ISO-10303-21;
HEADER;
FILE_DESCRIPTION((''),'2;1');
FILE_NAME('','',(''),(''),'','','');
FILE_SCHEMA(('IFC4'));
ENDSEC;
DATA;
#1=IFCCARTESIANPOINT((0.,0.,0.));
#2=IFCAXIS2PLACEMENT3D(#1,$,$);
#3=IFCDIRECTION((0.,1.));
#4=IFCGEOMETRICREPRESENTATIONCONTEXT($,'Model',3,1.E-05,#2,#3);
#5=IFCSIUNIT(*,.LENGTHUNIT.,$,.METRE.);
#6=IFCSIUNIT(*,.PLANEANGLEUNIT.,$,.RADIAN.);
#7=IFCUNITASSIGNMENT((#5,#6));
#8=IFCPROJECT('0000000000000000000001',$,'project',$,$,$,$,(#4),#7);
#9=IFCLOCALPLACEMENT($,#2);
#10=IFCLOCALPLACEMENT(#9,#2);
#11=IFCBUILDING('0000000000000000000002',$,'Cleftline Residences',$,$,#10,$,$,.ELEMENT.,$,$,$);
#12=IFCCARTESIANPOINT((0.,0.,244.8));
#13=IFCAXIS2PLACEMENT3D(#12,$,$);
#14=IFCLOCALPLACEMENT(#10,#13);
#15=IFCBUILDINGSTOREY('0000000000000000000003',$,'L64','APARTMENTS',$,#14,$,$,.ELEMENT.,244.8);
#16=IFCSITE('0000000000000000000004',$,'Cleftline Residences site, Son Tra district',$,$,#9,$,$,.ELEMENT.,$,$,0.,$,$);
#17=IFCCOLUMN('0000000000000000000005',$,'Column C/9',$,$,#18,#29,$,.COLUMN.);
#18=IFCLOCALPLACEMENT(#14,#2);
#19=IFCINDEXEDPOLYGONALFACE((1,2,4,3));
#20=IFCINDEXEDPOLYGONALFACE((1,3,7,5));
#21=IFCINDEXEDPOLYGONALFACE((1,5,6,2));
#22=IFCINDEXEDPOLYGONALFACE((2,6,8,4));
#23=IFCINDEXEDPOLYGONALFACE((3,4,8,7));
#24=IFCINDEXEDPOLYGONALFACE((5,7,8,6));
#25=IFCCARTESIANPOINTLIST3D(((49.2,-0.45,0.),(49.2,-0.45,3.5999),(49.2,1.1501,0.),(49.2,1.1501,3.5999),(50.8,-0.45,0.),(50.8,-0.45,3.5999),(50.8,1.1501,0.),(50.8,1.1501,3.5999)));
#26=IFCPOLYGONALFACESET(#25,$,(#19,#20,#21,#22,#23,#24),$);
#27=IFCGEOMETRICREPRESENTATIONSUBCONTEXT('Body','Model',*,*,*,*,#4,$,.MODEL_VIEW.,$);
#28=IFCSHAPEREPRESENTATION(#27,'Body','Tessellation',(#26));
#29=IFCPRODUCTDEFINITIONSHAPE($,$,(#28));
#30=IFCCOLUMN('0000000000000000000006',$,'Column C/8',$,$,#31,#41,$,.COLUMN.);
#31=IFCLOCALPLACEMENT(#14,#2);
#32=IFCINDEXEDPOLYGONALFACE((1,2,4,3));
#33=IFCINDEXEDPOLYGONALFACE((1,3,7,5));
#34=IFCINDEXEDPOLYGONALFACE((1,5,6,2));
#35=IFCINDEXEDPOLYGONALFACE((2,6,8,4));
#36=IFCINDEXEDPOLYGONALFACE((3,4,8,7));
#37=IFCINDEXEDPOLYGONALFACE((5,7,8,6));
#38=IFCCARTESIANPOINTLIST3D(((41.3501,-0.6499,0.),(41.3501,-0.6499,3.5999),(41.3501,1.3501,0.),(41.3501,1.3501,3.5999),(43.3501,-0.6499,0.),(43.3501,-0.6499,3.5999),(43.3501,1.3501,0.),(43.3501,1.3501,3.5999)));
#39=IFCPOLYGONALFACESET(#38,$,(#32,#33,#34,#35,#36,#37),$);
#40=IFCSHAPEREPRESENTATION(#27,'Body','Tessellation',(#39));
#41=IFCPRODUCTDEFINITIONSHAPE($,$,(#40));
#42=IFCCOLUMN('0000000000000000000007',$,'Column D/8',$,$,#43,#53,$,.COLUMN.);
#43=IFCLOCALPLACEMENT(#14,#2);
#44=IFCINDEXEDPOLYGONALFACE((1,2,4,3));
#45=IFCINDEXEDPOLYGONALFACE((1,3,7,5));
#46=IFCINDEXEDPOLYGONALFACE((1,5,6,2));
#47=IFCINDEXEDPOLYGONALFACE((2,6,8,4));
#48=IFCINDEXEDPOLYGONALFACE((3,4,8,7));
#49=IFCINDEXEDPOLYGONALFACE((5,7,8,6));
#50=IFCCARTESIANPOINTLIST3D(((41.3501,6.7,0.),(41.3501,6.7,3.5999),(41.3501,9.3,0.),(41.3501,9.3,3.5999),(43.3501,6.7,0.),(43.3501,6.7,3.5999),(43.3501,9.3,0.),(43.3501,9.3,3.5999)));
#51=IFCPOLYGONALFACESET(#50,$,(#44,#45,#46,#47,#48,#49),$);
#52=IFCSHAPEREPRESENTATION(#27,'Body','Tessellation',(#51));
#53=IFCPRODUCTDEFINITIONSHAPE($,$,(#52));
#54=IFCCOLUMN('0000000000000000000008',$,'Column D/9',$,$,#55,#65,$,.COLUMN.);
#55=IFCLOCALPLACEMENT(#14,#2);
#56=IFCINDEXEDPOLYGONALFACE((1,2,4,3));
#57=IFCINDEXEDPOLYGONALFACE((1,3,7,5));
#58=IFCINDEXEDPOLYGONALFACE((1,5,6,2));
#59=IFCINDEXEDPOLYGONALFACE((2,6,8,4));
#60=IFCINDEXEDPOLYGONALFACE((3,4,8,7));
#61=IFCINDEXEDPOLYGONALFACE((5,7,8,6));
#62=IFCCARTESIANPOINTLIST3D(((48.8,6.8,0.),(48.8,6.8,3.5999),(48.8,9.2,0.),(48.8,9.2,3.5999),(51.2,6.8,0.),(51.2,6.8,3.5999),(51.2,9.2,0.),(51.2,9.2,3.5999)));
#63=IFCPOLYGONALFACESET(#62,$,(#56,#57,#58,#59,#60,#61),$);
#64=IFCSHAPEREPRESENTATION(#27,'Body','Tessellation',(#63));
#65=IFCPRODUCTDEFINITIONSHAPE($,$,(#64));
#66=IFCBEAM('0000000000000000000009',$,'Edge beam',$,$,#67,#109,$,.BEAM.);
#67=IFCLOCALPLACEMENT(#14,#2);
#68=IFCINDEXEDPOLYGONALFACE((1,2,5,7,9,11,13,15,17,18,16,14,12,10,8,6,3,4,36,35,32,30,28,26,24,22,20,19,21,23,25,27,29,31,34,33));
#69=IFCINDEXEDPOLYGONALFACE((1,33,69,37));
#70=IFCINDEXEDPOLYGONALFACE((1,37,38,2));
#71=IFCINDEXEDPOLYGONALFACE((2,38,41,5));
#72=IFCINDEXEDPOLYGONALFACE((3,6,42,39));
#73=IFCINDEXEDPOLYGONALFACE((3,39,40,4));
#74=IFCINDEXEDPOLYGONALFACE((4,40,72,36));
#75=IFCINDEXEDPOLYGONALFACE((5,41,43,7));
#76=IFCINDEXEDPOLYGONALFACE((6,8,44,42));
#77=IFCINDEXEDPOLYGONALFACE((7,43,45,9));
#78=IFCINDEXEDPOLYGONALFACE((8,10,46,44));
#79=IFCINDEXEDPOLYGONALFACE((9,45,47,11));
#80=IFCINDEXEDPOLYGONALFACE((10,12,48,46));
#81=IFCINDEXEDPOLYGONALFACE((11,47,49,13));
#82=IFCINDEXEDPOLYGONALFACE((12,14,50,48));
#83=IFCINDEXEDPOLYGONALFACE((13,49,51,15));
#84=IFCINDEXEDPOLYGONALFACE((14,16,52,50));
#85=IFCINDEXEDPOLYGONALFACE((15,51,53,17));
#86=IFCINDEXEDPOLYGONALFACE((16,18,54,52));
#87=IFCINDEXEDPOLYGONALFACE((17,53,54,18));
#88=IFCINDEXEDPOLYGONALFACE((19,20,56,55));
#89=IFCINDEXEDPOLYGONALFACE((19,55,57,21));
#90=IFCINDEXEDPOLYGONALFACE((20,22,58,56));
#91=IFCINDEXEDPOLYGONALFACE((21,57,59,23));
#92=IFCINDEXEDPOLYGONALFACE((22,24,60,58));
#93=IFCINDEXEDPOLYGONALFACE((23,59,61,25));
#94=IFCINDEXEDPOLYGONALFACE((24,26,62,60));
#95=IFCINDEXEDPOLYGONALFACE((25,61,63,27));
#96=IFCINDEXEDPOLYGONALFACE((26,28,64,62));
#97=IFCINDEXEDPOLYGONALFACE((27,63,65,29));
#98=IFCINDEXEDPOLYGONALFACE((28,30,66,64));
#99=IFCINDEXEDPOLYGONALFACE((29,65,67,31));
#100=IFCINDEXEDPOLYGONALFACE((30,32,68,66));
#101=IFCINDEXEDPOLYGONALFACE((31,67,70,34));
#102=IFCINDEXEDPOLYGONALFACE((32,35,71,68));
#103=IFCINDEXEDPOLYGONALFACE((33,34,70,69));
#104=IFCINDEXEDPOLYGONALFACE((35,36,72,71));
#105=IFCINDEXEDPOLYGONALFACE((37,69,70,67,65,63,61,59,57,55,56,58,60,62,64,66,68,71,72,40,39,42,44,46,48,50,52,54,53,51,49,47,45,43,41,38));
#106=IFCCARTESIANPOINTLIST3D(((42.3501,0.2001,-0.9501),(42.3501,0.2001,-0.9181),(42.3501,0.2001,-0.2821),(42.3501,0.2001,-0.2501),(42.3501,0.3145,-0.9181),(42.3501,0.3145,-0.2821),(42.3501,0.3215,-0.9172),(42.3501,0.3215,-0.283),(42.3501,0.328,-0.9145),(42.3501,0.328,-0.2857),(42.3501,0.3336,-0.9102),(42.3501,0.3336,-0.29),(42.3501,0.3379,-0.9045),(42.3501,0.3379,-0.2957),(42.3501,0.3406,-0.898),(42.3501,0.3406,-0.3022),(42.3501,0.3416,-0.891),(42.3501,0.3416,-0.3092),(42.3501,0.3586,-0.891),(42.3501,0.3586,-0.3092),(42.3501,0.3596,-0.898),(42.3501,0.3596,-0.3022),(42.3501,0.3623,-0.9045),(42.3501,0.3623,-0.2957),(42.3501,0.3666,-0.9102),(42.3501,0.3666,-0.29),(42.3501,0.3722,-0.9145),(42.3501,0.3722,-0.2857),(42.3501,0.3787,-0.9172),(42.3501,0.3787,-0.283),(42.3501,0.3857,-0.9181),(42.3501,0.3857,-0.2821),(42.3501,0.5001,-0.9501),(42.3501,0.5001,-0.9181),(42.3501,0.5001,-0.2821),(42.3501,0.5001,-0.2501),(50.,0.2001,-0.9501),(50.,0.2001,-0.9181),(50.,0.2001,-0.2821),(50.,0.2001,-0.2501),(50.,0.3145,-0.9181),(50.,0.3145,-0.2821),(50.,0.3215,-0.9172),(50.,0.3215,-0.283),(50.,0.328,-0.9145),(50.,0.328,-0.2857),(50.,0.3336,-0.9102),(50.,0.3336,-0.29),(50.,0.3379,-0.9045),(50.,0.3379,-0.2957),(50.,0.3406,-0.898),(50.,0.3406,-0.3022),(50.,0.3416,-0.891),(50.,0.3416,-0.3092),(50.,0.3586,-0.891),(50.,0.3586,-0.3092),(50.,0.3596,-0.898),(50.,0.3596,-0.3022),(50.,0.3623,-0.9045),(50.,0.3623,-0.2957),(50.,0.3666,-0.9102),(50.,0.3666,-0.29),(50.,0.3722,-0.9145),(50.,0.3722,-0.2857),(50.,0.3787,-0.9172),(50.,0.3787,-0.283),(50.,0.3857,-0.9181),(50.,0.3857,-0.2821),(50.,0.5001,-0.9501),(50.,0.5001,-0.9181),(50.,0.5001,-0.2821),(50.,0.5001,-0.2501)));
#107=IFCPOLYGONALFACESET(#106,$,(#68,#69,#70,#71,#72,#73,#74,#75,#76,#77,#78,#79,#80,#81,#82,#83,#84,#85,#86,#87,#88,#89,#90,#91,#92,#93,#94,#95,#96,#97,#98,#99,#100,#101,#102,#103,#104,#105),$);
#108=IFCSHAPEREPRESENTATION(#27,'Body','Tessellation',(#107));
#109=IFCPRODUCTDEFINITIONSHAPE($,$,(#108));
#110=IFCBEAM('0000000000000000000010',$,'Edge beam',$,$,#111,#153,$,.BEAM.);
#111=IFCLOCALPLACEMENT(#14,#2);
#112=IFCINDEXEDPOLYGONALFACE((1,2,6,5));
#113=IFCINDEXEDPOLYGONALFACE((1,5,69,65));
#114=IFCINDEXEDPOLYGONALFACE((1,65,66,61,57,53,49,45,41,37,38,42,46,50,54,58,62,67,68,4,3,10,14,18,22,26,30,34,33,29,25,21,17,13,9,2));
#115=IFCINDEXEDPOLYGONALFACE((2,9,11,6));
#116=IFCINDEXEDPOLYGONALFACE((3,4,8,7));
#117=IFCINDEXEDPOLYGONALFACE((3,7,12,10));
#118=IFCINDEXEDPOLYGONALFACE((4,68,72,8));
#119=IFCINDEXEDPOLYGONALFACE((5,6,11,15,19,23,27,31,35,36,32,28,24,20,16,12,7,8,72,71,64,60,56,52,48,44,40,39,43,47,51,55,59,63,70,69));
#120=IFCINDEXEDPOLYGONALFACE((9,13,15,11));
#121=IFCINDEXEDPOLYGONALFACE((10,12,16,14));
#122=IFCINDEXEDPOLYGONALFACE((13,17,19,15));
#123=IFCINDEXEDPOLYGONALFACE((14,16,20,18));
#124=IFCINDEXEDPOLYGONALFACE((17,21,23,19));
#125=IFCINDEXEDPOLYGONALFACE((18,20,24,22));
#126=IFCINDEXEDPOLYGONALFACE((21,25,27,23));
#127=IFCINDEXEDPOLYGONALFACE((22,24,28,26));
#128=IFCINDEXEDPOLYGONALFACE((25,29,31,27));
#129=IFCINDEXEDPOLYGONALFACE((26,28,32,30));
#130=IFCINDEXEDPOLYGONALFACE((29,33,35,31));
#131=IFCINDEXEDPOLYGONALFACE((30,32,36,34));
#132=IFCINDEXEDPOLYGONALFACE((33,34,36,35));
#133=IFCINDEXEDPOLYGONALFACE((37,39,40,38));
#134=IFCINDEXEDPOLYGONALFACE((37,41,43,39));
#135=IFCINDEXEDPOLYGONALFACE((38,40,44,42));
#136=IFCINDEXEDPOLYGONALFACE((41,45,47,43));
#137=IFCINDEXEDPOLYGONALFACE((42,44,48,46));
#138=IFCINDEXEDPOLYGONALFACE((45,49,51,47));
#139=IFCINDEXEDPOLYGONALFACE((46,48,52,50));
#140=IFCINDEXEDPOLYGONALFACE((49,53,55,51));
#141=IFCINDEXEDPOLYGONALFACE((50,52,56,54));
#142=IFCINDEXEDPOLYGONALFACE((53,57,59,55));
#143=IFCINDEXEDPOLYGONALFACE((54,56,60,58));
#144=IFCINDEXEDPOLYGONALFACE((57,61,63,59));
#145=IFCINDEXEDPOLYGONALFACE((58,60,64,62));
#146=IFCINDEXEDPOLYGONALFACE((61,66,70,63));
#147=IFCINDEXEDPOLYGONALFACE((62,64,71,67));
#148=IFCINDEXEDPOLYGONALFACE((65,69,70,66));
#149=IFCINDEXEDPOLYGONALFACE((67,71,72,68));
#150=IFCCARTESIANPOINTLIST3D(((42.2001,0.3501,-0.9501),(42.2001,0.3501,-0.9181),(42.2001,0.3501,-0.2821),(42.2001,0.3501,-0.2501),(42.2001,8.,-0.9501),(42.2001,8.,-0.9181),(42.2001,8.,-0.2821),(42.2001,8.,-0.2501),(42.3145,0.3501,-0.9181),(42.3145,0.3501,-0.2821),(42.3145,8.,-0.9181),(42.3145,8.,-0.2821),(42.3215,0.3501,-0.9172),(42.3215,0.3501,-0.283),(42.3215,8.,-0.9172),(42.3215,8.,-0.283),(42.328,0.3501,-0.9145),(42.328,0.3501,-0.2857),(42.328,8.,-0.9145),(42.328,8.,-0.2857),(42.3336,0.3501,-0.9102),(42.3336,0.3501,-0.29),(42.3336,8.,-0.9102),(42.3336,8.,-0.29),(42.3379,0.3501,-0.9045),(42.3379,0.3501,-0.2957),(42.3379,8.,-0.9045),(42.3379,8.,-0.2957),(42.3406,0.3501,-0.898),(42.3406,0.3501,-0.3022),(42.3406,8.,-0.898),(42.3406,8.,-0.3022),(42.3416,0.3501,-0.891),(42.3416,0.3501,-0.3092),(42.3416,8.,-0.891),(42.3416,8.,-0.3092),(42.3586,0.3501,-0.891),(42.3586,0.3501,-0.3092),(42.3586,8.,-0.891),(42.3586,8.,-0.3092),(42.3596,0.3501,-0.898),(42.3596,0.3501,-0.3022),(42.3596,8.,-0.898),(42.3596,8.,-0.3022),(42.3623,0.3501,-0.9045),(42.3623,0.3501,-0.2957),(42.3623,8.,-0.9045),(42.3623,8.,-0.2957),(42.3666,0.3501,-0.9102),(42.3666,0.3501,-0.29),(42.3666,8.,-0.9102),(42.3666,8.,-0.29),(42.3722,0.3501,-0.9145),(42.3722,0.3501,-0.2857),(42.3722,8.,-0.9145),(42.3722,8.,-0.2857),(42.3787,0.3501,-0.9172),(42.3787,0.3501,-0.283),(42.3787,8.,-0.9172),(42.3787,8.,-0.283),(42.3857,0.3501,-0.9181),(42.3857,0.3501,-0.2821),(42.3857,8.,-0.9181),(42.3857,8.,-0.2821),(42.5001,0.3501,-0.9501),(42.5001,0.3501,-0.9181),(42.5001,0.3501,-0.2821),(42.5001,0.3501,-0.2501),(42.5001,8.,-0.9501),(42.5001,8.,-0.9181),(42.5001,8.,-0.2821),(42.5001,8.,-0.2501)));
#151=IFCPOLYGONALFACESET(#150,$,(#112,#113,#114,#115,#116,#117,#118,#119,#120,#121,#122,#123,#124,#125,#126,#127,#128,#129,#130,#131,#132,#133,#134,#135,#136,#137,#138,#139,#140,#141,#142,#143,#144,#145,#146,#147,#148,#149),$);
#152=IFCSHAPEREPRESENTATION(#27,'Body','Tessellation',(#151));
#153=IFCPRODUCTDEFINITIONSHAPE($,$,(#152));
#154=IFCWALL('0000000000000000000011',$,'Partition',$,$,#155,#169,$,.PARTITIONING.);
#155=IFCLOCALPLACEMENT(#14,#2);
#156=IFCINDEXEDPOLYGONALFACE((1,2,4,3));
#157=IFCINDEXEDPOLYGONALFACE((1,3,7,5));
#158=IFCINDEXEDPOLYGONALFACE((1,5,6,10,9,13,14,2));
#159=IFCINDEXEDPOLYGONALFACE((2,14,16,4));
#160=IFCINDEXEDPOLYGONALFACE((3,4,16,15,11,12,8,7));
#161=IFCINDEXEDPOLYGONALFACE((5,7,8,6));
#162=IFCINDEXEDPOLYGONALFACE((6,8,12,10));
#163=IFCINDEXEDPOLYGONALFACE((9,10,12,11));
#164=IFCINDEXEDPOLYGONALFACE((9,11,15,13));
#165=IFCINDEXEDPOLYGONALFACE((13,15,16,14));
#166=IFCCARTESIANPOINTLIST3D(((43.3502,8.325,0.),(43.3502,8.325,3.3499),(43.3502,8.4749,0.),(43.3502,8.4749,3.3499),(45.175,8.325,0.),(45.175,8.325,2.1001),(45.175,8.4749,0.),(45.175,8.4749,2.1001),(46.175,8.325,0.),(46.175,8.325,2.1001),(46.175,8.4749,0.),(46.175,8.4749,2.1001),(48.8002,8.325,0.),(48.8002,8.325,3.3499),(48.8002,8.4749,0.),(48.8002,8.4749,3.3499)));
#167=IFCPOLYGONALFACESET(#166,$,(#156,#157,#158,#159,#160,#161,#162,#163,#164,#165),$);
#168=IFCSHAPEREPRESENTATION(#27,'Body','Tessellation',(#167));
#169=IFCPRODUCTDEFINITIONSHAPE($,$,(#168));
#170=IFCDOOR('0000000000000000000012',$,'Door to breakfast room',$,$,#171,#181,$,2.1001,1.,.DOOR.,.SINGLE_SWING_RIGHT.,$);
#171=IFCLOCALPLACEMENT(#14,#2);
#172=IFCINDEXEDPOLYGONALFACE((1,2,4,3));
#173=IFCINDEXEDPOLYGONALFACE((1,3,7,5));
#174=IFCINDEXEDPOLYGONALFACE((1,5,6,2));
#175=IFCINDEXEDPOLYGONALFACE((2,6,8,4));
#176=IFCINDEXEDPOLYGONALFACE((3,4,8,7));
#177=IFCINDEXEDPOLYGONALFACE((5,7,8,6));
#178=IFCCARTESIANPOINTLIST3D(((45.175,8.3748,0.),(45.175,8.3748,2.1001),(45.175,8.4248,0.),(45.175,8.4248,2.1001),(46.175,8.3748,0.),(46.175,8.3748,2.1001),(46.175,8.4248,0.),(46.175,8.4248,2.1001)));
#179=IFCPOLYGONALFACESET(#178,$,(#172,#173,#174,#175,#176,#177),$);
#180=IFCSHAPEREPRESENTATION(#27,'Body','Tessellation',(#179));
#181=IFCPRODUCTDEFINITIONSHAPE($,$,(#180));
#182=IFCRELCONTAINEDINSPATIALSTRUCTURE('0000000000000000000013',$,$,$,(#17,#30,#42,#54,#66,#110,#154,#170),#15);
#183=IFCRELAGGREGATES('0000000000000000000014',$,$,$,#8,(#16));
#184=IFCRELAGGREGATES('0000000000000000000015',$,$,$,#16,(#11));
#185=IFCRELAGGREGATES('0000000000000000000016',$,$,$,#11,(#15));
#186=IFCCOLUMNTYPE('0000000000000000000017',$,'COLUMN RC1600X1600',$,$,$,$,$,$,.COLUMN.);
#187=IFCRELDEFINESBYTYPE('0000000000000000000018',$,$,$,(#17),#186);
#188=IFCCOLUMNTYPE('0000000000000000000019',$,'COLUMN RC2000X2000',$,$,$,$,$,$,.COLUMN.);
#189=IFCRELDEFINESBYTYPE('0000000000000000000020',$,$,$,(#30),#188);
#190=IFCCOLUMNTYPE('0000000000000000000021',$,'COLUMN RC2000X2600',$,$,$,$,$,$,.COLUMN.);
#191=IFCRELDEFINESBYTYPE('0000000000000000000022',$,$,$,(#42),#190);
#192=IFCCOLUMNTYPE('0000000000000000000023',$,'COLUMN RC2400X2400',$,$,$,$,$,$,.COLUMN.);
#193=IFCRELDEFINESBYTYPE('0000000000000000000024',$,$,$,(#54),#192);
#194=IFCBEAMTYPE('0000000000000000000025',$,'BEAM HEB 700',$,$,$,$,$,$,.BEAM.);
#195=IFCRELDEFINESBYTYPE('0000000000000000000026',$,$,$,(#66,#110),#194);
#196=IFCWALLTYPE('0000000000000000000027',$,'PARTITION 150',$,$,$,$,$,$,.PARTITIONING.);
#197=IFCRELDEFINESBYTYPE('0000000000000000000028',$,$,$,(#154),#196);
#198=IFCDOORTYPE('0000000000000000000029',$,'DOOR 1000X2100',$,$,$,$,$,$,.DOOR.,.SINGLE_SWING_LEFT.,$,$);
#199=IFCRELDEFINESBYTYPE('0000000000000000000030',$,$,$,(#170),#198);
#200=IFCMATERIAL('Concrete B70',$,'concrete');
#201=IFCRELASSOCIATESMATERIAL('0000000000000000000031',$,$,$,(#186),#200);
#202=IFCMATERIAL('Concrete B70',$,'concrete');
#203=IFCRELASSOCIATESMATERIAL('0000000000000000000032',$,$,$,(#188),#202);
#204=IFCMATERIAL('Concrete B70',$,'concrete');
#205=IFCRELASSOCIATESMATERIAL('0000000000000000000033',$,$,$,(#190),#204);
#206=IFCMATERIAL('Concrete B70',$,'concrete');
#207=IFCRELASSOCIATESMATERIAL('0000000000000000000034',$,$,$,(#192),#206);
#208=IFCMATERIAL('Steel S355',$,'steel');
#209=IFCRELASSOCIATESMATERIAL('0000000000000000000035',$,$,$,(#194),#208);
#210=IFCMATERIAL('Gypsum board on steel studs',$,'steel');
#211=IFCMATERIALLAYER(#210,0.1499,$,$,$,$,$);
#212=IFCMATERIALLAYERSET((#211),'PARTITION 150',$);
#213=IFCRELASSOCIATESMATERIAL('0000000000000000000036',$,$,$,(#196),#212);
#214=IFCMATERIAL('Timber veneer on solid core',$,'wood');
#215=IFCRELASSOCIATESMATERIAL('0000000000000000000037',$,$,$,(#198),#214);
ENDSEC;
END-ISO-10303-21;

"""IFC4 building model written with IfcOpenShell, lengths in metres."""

from ifc_helpers import new_model, si_unit, direction, frame, frame_2d, origin, origin_2d, place, context, subcontext, project, spatial, rectangle, i_section, extrude, material, layer, layer_set, material_profile, profile_set, type_object, element, fill, save


model = new_model("IFC4")

# Units and contexts
model_context = context("Model", 3, precision=1e-05, world=origin(), true_north=direction((0.0, 1.0)))
body_context = subcontext(model_context, "Body", "Model", "MODEL_VIEW")
ifc_project = project(units=[si_unit("LENGTHUNIT", "METRE"), si_unit("PLANEANGLEUNIT", "RADIAN")], contexts=[model_context])

# Site, building, storey
site_placement = place(None, origin())
site = spatial("IfcSite", under=ifc_project, at=site_placement, Name="Cleftline Residences site, Son Tra district", CompositionType="ELEMENT", RefElevation=0.0)
building_placement = place(site_placement, origin())
building = spatial("IfcBuilding", under=site, at=building_placement, Name="Cleftline Residences", CompositionType="ELEMENT")
storey_placement = place(building_placement, frame((0.0, 0.0, 244.8)))
storey = spatial("IfcBuildingStorey", under=building, at=storey_placement, Name="L64", Description="APARTMENTS", CompositionType="ELEMENT", Elevation=244.8)

# Columns
ifc_material_1 = material(Name="Concrete B70", Category="concrete")
ifc_material_profile_1 = material_profile(ifc_material_1, rectangle(XDim=1.6001, YDim=1.6001, at=origin_2d()))
ifc_profile_set_1 = profile_set([ifc_material_profile_1], Name="Concrete B70")
column_type_1 = type_object("IfcColumnType", Name="COLUMN RC1600X1600", PredefinedType="COLUMN", material=ifc_profile_set_1)
column_1_placement = place(storey_placement, frame((50.0, 0.3501, 0.0), z_axis=(0.0, 0.0, 1.0), x_axis=(1.0, 0.0, 0.0)))
element("IfcColumn", 1, at=column_1_placement, inside=storey, type_object=column_type_1, Name="Column C/9", PredefinedType="COLUMN", context=body_context, shape_type="SweptSolid", body=[
    extrude(rectangle(XDim=1.6001, YDim=1.6001, at=origin_2d()), origin(), (0.0, 0.0, 1.0), 3.5999),
])
ifc_material_2 = material(Name="Concrete B70", Category="concrete")
ifc_material_profile_2 = material_profile(ifc_material_2, rectangle(XDim=2.0, YDim=2.0, at=origin_2d()))
ifc_profile_set_2 = profile_set([ifc_material_profile_2], Name="Concrete B70")
column_type_2 = type_object("IfcColumnType", Name="COLUMN RC2000X2000", PredefinedType="COLUMN", material=ifc_profile_set_2)
column_2_placement = place(storey_placement, frame((42.3501, 0.3501, 0.0), z_axis=(0.0, 0.0, 1.0), x_axis=(1.0, 0.0, 0.0)))
element("IfcColumn", 2, at=column_2_placement, inside=storey, type_object=column_type_2, Name="Column C/8", PredefinedType="COLUMN", context=body_context, shape_type="SweptSolid", body=[
    extrude(rectangle(XDim=2.0, YDim=2.0, at=origin_2d()), origin(), (0.0, 0.0, 1.0), 3.5999),
])
ifc_material_3 = material(Name="Concrete B70", Category="concrete")
ifc_material_profile_3 = material_profile(ifc_material_3, rectangle(XDim=2.0, YDim=2.6001, at=origin_2d()))
ifc_profile_set_3 = profile_set([ifc_material_profile_3], Name="Concrete B70")
column_type_3 = type_object("IfcColumnType", Name="COLUMN RC2000X2600", PredefinedType="COLUMN", material=ifc_profile_set_3)
column_3_placement = place(storey_placement, frame((42.3501, 8.0, 0.0), z_axis=(0.0, 0.0, 1.0), x_axis=(1.0, 0.0, 0.0)))
element("IfcColumn", 3, at=column_3_placement, inside=storey, type_object=column_type_3, Name="Column D/8", PredefinedType="COLUMN", context=body_context, shape_type="SweptSolid", body=[
    extrude(rectangle(XDim=2.0, YDim=2.6001, at=origin_2d()), origin(), (0.0, 0.0, 1.0), 3.5999),
])
ifc_material_4 = material(Name="Concrete B70", Category="concrete")
ifc_material_profile_4 = material_profile(ifc_material_4, rectangle(XDim=2.3999, YDim=2.3999, at=origin_2d()))
ifc_profile_set_4 = profile_set([ifc_material_profile_4], Name="Concrete B70")
column_type_4 = type_object("IfcColumnType", Name="COLUMN RC2400X2400", PredefinedType="COLUMN", material=ifc_profile_set_4)
column_4_placement = place(storey_placement, frame((50.0, 8.0, 0.0), z_axis=(0.0, 0.0, 1.0), x_axis=(1.0, 0.0, 0.0)))
element("IfcColumn", 4, at=column_4_placement, inside=storey, type_object=column_type_4, Name="Column D/9", PredefinedType="COLUMN", context=body_context, shape_type="SweptSolid", body=[
    extrude(rectangle(XDim=2.3999, YDim=2.3999, at=origin_2d()), origin(), (0.0, 0.0, 1.0), 3.5999),
])

# Beams
ifc_material_5 = material(Name="Steel S355", Category="steel")
ifc_material_profile_5 = material_profile(ifc_material_5, i_section(OverallWidth=0.3, OverallDepth=0.7, WebThickness=0.0171, FlangeThickness=0.032, FilletRadius=0.0271, at=origin_2d()))
ifc_profile_set_5 = profile_set([ifc_material_profile_5], Name="Steel S355")
beam_type = type_object("IfcBeamType", Name="BEAM HEB 700", PredefinedType="BEAM", material=ifc_profile_set_5)
for number, where, z_axis, x_axis, name in (
    (5, (50.0, 0.3501, -0.6001), (-1.0, 0.0, 0.0), (0.0, -1.0, 0.0), "Edge beam"),
    (6, (42.3501, 0.3501, -0.6001), (0.0, 1.0, 0.0), (-1.0, 0.0, 0.0), "Edge beam"),
):
    element("IfcBeam", number, at=place(storey_placement, frame(where, z_axis=z_axis, x_axis=x_axis)), inside=storey, type_object=beam_type, Name=name, PredefinedType="BEAM", context=body_context, shape_type="SweptSolid", body=[
        extrude(i_section(OverallWidth=0.3, OverallDepth=0.7, WebThickness=0.0171, FlangeThickness=0.032, FilletRadius=0.0271, at=origin_2d()), origin(), (0.0, 0.0, 1.0), 7.6499),
    ])

# Wall, opening, door
ifc_material_6 = material(Name="Gypsum board on steel studs", Category="steel")
ifc_layer_1 = layer(ifc_material_6, 0.1499)
ifc_layer_set_1 = layer_set([ifc_layer_1], Name="PARTITION 150")
wall_type_1 = type_object("IfcWallType", Name="PARTITION 150", PredefinedType="PARTITIONING", material=ifc_layer_set_1)
wall_1_placement = place(storey_placement, frame((43.3501, 8.3999, 0.0), z_axis=(0.0, 0.0, 1.0), x_axis=(1.0, 0.0, 0.0)))
wall_1 = element("IfcWall", 7, at=wall_1_placement, inside=storey, type_object=wall_type_1, Name="Partition", PredefinedType="PARTITIONING", context=body_context, shape_type="SweptSolid", body=[
    extrude(rectangle(XDim=5.45, YDim=0.1499, at=frame_2d((2.7251, 0.0))), origin(), (0.0, 0.0, 1.0), 3.3499),
])
opening_1_placement = place(wall_1_placement, frame((1.825, 0.0, 0.0)))
opening_1 = element("IfcOpeningElement", 8, at=opening_1_placement, cuts=wall_1, PredefinedType="OPENING", context=body_context, shape_type="SweptSolid", body=[
    extrude(rectangle(XDim=1.0, YDim=2.1001, at=frame_2d((0.5, 1.05))), frame((0.0, 0.085, 0.0), z_axis=(0.0, -1.0, 0.0), x_axis=(1.0, 0.0, 0.0)), (0.0, 0.0, 1.0), 0.1699),
])
ifc_material_7 = material(Name="Timber veneer on solid core", Category="wood")
door_type_1 = type_object("IfcDoorType", Name="DOOR 1000X2100", OperationType="SINGLE_SWING_LEFT", PredefinedType="DOOR", material=ifc_material_7)
door_1_placement = place(opening_1_placement, origin())
door_1 = element("IfcDoor", 9, at=door_1_placement, inside=storey, type_object=door_type_1, Name="Door to breakfast room", OperationType="SINGLE_SWING_RIGHT", OverallHeight=2.1001, OverallWidth=1.0, PredefinedType="DOOR", context=body_context, shape_type="SweptSolid", body=[
    extrude(rectangle(XDim=1.0, YDim=2.1001, at=frame_2d((0.5, 1.05))), frame((0.0, 0.0249, 0.0), z_axis=(0.0, -1.0, 0.0), x_axis=(1.0, 0.0, 0.0)), (0.0, 0.0, 1.0), 0.05),
])
fill(opening_1, door_1)

save(model, "model.ifc")
